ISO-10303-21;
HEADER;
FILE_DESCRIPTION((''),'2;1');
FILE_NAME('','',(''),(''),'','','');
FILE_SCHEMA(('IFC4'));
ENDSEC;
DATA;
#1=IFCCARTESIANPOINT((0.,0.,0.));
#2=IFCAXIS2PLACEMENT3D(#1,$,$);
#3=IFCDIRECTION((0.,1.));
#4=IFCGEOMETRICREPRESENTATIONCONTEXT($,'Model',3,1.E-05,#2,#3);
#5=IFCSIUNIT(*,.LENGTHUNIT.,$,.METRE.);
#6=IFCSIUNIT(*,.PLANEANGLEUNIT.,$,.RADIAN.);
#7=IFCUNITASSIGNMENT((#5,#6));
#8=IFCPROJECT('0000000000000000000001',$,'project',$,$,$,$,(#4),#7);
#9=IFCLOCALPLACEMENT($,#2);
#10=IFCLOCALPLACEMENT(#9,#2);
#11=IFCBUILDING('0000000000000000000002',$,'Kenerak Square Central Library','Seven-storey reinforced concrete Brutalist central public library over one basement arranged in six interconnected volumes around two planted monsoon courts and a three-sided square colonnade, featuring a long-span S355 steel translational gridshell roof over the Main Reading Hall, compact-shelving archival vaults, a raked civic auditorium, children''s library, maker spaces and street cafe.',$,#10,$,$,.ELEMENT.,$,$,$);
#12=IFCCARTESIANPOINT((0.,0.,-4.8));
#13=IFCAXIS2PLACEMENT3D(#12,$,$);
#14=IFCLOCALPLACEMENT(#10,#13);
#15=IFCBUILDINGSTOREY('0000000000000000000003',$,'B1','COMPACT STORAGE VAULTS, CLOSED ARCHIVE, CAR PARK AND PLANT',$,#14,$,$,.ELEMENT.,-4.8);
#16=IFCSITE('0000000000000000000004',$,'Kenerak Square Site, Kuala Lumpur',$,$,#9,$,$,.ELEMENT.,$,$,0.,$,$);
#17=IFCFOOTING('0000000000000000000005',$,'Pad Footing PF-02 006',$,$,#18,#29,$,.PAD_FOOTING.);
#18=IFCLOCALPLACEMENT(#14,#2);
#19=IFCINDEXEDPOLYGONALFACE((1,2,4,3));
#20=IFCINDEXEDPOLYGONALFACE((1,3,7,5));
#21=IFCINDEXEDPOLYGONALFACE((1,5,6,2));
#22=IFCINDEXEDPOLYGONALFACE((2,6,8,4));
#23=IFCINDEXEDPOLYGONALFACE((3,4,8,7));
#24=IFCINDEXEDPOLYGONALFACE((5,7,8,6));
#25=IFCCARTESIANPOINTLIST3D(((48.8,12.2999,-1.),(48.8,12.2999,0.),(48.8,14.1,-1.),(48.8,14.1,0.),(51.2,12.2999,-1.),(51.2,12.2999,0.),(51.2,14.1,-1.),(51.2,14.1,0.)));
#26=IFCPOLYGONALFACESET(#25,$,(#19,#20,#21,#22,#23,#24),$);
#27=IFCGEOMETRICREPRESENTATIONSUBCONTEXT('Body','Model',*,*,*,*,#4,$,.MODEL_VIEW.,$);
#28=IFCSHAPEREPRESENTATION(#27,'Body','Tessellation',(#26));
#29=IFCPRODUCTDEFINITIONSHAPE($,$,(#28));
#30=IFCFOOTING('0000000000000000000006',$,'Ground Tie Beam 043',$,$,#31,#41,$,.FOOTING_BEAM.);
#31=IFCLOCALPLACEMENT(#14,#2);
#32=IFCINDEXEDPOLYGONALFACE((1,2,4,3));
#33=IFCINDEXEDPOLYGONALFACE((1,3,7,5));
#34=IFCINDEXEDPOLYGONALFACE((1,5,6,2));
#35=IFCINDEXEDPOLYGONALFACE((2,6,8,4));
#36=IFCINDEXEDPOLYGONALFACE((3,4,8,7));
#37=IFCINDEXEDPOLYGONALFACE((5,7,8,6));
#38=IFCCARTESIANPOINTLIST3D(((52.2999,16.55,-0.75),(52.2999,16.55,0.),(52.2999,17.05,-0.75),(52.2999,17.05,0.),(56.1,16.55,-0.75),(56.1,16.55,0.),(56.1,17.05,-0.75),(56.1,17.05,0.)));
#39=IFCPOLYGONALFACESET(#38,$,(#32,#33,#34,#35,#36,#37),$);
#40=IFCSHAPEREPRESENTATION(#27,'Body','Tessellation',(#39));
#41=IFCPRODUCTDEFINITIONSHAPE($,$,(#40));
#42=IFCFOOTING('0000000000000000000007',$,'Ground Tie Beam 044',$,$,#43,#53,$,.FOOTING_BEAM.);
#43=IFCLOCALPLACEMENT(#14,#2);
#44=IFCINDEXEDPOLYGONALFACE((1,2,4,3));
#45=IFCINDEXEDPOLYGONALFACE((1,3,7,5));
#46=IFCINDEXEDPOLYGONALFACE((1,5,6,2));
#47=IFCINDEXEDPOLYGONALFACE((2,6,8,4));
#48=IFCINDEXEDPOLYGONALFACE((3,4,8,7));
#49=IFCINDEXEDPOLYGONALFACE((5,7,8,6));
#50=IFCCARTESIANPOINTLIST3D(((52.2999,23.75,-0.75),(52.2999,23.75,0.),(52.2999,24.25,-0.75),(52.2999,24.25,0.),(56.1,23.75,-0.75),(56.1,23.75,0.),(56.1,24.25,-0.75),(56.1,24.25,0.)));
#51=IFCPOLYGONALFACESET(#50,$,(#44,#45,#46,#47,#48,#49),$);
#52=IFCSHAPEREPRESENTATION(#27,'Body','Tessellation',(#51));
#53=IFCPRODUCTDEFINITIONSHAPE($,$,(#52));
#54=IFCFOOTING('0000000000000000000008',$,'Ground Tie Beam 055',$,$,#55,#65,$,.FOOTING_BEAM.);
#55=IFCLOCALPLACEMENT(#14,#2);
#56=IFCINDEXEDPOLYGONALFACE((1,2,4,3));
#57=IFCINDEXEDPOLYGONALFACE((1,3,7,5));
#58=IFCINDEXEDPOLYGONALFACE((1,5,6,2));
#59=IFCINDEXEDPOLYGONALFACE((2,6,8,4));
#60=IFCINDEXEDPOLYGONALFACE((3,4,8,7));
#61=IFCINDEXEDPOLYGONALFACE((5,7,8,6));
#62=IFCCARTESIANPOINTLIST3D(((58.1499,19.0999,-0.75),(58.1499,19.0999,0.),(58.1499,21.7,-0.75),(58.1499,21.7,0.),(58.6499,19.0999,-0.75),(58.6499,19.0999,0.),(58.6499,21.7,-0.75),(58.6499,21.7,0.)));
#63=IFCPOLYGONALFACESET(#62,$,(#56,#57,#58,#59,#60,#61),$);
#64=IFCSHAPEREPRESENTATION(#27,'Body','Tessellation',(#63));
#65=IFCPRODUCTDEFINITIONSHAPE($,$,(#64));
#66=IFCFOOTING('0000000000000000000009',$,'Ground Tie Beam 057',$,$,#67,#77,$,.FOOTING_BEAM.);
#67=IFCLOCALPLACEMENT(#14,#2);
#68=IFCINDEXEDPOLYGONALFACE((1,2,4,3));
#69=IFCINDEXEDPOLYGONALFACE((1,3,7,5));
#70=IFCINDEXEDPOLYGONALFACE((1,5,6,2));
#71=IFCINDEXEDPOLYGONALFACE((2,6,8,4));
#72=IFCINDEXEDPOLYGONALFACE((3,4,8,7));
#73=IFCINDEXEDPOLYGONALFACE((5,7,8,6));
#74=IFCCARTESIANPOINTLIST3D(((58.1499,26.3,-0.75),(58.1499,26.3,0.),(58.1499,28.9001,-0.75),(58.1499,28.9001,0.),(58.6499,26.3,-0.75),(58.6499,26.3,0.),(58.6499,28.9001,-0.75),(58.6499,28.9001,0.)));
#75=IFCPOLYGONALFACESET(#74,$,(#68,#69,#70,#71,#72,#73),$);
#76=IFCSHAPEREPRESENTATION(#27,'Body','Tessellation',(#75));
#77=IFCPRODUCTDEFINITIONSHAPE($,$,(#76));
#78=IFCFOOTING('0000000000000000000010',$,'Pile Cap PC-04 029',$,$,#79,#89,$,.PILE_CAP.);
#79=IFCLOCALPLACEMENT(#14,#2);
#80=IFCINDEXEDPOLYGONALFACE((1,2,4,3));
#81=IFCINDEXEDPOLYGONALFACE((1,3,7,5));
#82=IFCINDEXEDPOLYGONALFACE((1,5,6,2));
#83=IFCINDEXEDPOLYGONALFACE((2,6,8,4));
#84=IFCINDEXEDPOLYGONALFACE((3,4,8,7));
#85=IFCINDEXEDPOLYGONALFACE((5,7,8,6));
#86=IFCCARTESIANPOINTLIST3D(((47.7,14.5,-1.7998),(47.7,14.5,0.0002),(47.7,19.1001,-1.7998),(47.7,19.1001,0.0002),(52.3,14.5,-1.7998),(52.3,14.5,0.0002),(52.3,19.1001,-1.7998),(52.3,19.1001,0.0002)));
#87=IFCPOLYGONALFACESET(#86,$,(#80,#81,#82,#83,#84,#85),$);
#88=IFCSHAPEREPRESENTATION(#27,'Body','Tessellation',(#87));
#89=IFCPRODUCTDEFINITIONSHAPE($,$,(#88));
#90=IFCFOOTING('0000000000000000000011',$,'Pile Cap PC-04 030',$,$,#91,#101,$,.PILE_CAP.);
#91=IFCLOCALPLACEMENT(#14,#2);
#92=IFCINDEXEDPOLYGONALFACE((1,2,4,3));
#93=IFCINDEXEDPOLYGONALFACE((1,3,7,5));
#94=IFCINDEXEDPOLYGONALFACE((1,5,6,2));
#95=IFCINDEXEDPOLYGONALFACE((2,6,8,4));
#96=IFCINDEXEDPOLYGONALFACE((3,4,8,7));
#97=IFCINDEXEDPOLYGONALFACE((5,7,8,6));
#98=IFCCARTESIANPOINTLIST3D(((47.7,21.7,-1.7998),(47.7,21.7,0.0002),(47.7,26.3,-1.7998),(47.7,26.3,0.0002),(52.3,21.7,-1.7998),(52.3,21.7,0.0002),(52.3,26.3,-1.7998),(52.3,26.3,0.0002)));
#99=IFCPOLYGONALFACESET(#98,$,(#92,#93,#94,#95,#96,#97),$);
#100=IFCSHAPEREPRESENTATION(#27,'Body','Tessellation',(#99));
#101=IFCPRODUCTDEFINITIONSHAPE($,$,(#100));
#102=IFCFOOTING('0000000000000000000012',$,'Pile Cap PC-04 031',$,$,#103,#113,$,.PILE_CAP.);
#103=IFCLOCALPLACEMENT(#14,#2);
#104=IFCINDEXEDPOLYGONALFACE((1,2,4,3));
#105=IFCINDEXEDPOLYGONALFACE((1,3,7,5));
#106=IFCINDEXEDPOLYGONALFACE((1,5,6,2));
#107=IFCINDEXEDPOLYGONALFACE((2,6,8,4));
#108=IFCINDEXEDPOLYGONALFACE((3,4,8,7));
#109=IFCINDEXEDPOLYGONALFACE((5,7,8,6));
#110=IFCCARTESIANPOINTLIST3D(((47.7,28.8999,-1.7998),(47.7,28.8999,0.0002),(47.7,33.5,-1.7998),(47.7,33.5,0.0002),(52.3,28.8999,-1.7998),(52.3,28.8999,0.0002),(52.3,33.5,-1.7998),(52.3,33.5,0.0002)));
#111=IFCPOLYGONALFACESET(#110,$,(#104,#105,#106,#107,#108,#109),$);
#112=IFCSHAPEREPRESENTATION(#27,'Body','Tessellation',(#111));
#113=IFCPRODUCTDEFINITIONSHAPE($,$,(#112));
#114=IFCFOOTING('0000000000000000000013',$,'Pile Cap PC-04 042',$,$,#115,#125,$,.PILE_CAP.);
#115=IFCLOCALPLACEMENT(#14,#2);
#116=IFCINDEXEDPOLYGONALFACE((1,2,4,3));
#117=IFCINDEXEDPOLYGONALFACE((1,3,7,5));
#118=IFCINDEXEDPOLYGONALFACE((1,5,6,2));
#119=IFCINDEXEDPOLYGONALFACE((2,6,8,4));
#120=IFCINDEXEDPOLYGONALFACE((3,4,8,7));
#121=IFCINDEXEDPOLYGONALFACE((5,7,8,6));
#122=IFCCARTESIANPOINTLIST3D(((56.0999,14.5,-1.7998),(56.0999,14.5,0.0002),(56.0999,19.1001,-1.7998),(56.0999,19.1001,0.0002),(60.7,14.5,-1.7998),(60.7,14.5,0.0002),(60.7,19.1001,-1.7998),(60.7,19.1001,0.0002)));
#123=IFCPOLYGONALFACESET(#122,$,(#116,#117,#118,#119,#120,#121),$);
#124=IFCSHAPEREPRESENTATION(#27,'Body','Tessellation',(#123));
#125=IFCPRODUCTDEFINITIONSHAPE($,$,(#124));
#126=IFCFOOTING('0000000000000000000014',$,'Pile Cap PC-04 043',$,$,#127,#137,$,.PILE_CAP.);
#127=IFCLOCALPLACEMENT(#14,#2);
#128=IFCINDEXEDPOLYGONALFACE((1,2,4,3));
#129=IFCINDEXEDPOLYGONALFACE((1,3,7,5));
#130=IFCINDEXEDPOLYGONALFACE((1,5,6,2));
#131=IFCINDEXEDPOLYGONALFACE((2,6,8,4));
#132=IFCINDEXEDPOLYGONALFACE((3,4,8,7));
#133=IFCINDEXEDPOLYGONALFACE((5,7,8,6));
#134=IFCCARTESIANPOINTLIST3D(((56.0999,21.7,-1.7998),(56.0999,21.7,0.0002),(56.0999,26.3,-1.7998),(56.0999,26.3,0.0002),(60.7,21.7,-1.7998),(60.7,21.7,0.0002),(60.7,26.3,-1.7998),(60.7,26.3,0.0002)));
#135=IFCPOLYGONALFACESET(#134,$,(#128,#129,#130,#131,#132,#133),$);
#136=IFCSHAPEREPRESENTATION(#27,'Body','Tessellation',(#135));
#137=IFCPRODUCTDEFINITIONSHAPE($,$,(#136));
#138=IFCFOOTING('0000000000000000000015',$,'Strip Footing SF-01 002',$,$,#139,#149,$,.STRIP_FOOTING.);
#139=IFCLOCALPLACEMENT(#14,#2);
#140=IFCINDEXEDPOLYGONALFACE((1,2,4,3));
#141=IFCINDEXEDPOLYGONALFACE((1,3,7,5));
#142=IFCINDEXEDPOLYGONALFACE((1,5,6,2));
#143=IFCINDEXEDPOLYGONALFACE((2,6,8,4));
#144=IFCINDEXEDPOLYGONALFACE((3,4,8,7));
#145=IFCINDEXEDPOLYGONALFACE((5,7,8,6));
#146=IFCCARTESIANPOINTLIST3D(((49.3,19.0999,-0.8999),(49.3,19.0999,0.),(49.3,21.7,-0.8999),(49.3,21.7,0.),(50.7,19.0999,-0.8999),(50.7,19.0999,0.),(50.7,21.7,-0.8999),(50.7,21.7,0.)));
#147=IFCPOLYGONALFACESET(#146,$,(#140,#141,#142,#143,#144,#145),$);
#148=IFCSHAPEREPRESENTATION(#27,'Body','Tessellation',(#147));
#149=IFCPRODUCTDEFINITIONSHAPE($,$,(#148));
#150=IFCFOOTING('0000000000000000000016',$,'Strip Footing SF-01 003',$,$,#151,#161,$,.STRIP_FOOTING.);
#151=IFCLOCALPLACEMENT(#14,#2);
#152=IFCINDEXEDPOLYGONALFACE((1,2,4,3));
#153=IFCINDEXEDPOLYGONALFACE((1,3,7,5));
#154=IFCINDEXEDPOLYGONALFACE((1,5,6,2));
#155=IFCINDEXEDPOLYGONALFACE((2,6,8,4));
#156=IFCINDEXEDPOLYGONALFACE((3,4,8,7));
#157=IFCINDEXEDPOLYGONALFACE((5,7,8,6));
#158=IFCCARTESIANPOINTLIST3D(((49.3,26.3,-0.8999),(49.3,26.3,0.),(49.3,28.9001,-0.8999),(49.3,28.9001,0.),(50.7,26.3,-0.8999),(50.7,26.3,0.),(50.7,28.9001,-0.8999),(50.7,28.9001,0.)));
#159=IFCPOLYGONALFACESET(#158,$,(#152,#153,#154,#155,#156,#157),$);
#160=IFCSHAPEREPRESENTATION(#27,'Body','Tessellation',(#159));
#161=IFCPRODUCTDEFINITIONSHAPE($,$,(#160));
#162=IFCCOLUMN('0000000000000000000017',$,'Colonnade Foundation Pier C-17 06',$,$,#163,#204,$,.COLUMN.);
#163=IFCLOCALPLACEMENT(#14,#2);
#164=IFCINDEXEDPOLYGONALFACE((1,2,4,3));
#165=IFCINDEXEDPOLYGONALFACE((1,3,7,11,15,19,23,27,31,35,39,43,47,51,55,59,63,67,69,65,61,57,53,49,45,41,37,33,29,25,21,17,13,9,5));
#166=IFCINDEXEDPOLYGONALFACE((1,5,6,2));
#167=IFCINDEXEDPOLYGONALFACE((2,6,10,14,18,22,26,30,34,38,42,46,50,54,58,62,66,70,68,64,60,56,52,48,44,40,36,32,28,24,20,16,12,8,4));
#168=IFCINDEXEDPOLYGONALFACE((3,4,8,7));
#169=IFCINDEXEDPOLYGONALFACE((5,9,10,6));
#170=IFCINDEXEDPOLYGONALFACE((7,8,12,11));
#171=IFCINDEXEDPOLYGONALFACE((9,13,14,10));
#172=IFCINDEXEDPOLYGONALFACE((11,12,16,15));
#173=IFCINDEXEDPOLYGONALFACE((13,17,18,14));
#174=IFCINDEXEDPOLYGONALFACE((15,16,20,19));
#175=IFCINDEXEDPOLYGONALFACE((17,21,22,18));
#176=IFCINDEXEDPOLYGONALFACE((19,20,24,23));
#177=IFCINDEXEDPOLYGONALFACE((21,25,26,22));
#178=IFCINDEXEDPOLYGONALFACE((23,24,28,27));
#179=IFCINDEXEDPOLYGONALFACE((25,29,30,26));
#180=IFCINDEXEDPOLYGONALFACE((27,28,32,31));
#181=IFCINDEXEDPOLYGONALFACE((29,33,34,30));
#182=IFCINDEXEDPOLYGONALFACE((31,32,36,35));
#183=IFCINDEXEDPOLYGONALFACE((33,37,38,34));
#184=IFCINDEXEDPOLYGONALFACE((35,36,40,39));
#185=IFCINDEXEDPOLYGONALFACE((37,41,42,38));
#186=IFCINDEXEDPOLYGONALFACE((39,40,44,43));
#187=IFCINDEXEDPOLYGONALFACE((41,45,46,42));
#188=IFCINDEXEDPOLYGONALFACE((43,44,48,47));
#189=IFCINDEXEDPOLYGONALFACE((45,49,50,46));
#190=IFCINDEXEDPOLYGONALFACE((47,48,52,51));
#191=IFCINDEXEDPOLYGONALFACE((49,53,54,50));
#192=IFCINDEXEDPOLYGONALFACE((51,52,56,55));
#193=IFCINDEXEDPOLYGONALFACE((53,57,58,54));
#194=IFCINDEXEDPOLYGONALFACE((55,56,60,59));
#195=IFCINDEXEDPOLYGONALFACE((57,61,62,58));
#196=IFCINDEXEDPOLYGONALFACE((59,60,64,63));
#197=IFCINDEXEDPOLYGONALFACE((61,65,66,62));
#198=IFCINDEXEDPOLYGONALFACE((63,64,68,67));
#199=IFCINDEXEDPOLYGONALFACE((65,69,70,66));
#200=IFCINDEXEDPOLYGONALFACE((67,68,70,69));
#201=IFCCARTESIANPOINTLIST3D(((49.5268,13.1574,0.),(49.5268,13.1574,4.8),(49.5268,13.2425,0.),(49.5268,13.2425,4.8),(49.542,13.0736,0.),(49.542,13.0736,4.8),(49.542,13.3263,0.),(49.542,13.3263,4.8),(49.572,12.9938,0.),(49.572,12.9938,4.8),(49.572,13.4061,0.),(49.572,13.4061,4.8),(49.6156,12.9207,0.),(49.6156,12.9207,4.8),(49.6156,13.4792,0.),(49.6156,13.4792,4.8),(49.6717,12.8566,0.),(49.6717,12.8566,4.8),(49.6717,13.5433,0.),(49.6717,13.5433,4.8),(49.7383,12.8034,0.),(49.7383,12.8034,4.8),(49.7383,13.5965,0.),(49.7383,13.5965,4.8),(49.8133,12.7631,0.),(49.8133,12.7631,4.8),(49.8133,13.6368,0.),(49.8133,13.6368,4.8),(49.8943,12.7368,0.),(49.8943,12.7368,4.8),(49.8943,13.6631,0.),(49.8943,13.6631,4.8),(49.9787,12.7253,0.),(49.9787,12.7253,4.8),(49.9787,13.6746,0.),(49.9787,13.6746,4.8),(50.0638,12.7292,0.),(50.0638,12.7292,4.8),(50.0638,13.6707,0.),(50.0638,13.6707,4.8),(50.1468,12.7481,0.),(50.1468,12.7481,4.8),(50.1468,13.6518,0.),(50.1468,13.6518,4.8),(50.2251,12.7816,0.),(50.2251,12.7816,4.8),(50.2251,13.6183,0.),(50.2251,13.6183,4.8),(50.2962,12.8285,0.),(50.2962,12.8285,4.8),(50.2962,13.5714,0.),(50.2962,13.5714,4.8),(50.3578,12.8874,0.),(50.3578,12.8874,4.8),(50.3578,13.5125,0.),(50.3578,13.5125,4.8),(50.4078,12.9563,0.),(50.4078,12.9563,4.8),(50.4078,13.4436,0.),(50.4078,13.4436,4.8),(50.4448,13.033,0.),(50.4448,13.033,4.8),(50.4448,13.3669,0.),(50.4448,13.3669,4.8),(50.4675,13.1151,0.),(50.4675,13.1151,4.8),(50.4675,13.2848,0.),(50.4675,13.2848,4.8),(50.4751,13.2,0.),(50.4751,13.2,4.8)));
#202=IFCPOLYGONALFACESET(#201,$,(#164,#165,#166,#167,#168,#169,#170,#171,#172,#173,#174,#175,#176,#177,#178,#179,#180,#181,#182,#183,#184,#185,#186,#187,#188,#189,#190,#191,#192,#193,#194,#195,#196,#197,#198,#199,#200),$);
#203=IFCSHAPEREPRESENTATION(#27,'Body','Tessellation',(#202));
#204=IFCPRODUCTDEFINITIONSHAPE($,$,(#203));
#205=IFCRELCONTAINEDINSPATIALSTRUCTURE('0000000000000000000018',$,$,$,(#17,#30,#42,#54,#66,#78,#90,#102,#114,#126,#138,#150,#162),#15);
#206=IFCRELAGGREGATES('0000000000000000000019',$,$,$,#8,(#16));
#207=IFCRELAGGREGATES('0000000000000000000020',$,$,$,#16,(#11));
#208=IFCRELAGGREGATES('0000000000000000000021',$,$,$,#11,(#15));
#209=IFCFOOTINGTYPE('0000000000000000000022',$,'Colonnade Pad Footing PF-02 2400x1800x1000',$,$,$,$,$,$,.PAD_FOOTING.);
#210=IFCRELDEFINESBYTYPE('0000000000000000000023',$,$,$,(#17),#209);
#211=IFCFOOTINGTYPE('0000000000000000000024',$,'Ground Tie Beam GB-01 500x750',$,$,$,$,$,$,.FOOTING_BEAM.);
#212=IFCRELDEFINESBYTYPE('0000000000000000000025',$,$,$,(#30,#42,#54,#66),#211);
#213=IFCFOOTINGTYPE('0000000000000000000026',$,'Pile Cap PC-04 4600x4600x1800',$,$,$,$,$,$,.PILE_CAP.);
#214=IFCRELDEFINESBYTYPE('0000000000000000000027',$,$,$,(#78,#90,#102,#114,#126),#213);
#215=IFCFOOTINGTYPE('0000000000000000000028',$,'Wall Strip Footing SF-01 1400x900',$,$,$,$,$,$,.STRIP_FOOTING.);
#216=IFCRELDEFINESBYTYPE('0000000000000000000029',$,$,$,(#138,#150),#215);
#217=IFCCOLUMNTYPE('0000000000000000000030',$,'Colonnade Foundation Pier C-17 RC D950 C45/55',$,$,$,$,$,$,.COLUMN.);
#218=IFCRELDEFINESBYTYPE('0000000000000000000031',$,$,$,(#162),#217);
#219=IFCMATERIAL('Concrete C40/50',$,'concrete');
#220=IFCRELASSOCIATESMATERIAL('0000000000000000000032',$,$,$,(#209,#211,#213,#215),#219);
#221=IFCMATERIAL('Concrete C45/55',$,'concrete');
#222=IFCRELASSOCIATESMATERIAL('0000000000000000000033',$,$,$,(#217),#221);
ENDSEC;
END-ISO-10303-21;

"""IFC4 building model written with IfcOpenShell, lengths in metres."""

from ifc_helpers import new_model, si_unit, direction, frame, origin, origin_2d, place, context, subcontext, project, spatial, rectangle, circle, extrude, material, material_profile, profile_set, type_object, element, save


model = new_model("IFC4")

# Units and contexts
model_context = context("Model", 3, precision=1e-05, world=origin(), true_north=direction((0.0, 1.0)))
body_context = subcontext(model_context, "Body", "Model", "MODEL_VIEW")
ifc_project = project(units=[si_unit("LENGTHUNIT", "METRE"), si_unit("PLANEANGLEUNIT", "RADIAN")], contexts=[model_context])

# Site, building, storey
site_placement = place(None, origin())
site = spatial("IfcSite", under=ifc_project, at=site_placement, Name="Kenerak Square Site, Kuala Lumpur", CompositionType="ELEMENT", RefElevation=0.0)
building_placement = place(site_placement, origin())
building = spatial("IfcBuilding", under=site, at=building_placement, Name="Kenerak Square Central Library", Description="Seven-storey reinforced concrete Brutalist central public library over one basement arranged in six interconnected volumes around two planted monsoon courts and a three-sided square colonnade, featuring a long-span S355 steel translational gridshell roof over the Main Reading Hall, compact-shelving archival vaults, a raked civic auditorium, children's library, maker spaces and street cafe.", CompositionType="ELEMENT")
storey_placement = place(building_placement, frame((0.0, 0.0, -4.8)))
storey = spatial("IfcBuildingStorey", under=building, at=storey_placement, Name="B1", Description="COMPACT STORAGE VAULTS, CLOSED ARCHIVE, CAR PARK AND PLANT", CompositionType="ELEMENT", Elevation=-4.8)

# Shared definitions
ifc_material_1 = material(Name="Concrete C40/50", Category="concrete")

# Footings
footing_type_1 = type_object("IfcFootingType", Name="Colonnade Pad Footing PF-02 2400x1800x1000", PredefinedType="PAD_FOOTING", material=ifc_material_1)
footing_placement = place(storey_placement, frame((50.0, 13.2, -1.0), z_axis=(0.0, 0.0, 1.0), x_axis=(1.0, 0.0, 0.0)))
element("IfcFooting", 1, at=footing_placement, inside=storey, type_object=footing_type_1, Name="Pad Footing PF-02 006", PredefinedType="PAD_FOOTING", context=body_context, shape_type="SweptSolid", body=[
    extrude(rectangle(XDim=2.3999, YDim=1.8, at=origin_2d()), origin(), (0.0, 0.0, 1.0), 1.0),
])
footing_type_2 = type_object("IfcFootingType", Name="Ground Tie Beam GB-01 500x750", PredefinedType="FOOTING_BEAM", material=ifc_material_1)
for number, where, z_axis, x_axis, name in (
    (2, (54.2, 16.8, -0.75), (0.0, 0.0, 1.0), (1.0, 0.0, 0.0), "Ground Tie Beam 043"),
    (3, (54.2, 24.0, -0.75), (0.0, 0.0, 1.0), (1.0, 0.0, 0.0), "Ground Tie Beam 044"),
):
    element("IfcFooting", number, at=place(storey_placement, frame(where, z_axis=z_axis, x_axis=x_axis)), inside=storey, type_object=footing_type_2, Name=name, PredefinedType="FOOTING_BEAM", context=body_context, shape_type="SweptSolid", body=[
        extrude(rectangle(XDim=3.8, YDim=0.5, at=origin_2d()), origin(), (0.0, 0.0, 1.0), 0.75),
    ])
for number, where, z_axis, x_axis, name in (
    (4, (58.3999, 20.3999, -0.75), (0.0, 0.0, 1.0), (1.0, 0.0, 0.0), "Ground Tie Beam 055"),
    (5, (58.3999, 27.6001, -0.75), (0.0, 0.0, 1.0), (1.0, 0.0, 0.0), "Ground Tie Beam 057"),
):
    element("IfcFooting", number, at=place(storey_placement, frame(where, z_axis=z_axis, x_axis=x_axis)), inside=storey, type_object=footing_type_2, Name=name, PredefinedType="FOOTING_BEAM", context=body_context, shape_type="SweptSolid", body=[
        extrude(rectangle(XDim=0.5, YDim=2.6001, at=origin_2d()), origin(), (0.0, 0.0, 1.0), 0.75),
    ])
footing_type_3 = type_object("IfcFootingType", Name="Pile Cap PC-04 4600x4600x1800", PredefinedType="PILE_CAP", material=ifc_material_1)
for number, where, z_axis, x_axis, name in (
    (6, (50.0, 16.8, -1.7998), (0.0, 0.0, 1.0), (1.0, 0.0, 0.0), "Pile Cap PC-04 029"),
    (7, (50.0, 24.0, -1.7998), (0.0, 0.0, 1.0), (1.0, 0.0, 0.0), "Pile Cap PC-04 030"),
    (8, (50.0, 31.2, -1.7998), (0.0, 0.0, 1.0), (1.0, 0.0, 0.0), "Pile Cap PC-04 031"),
    (9, (58.3999, 16.8, -1.7998), (0.0, 0.0, 1.0), (1.0, 0.0, 0.0), "Pile Cap PC-04 042"),
    (10, (58.3999, 24.0, -1.7998), (0.0, 0.0, 1.0), (1.0, 0.0, 0.0), "Pile Cap PC-04 043"),
):
    element("IfcFooting", number, at=place(storey_placement, frame(where, z_axis=z_axis, x_axis=x_axis)), inside=storey, type_object=footing_type_3, Name=name, PredefinedType="PILE_CAP", context=body_context, shape_type="SweptSolid", body=[
        extrude(rectangle(XDim=4.6001, YDim=4.6001, at=origin_2d()), origin(), (0.0, 0.0, 1.0), 1.8),
    ])
footing_type_4 = type_object("IfcFootingType", Name="Wall Strip Footing SF-01 1400x900", PredefinedType="STRIP_FOOTING", material=ifc_material_1)
for number, where, z_axis, x_axis, name in (
    (11, (50.0, 20.3999, -0.8999), (0.0, 0.0, 1.0), (1.0, 0.0, 0.0), "Strip Footing SF-01 002"),
    (12, (50.0, 27.6001, -0.8999), (0.0, 0.0, 1.0), (1.0, 0.0, 0.0), "Strip Footing SF-01 003"),
):
    element("IfcFooting", number, at=place(storey_placement, frame(where, z_axis=z_axis, x_axis=x_axis)), inside=storey, type_object=footing_type_4, Name=name, PredefinedType="STRIP_FOOTING", context=body_context, shape_type="SweptSolid", body=[
        extrude(rectangle(XDim=1.3999, YDim=2.6001, at=origin_2d()), origin(), (0.0, 0.0, 1.0), 0.8999),
    ])

# Column
ifc_material_2 = material(Name="Concrete C45/55", Category="concrete")
ifc_material_profile_1 = material_profile(ifc_material_2, circle(Radius=0.4751, at=origin_2d()), Name="RC D950")
ifc_profile_set_1 = profile_set([ifc_material_profile_1], Name="Concrete C45/55")
column_type_1 = type_object("IfcColumnType", Name="Colonnade Foundation Pier C-17 RC D950 C45/55", PredefinedType="COLUMN", material=ifc_profile_set_1)
column_placement = place(storey_placement, frame((50.0, 13.2, 0.0), z_axis=(0.0, 0.0, 1.0), x_axis=(1.0, 0.0, 0.0)))
element("IfcColumn", 13, at=column_placement, inside=storey, type_object=column_type_1, Name="Colonnade Foundation Pier C-17 06", PredefinedType="COLUMN", context=body_context, shape_type="SweptSolid", body=[
    extrude(circle(Radius=0.4751, at=origin_2d()), origin(), (0.0, 0.0, 1.0), 4.8),
])

save(model, "model.ifc")
